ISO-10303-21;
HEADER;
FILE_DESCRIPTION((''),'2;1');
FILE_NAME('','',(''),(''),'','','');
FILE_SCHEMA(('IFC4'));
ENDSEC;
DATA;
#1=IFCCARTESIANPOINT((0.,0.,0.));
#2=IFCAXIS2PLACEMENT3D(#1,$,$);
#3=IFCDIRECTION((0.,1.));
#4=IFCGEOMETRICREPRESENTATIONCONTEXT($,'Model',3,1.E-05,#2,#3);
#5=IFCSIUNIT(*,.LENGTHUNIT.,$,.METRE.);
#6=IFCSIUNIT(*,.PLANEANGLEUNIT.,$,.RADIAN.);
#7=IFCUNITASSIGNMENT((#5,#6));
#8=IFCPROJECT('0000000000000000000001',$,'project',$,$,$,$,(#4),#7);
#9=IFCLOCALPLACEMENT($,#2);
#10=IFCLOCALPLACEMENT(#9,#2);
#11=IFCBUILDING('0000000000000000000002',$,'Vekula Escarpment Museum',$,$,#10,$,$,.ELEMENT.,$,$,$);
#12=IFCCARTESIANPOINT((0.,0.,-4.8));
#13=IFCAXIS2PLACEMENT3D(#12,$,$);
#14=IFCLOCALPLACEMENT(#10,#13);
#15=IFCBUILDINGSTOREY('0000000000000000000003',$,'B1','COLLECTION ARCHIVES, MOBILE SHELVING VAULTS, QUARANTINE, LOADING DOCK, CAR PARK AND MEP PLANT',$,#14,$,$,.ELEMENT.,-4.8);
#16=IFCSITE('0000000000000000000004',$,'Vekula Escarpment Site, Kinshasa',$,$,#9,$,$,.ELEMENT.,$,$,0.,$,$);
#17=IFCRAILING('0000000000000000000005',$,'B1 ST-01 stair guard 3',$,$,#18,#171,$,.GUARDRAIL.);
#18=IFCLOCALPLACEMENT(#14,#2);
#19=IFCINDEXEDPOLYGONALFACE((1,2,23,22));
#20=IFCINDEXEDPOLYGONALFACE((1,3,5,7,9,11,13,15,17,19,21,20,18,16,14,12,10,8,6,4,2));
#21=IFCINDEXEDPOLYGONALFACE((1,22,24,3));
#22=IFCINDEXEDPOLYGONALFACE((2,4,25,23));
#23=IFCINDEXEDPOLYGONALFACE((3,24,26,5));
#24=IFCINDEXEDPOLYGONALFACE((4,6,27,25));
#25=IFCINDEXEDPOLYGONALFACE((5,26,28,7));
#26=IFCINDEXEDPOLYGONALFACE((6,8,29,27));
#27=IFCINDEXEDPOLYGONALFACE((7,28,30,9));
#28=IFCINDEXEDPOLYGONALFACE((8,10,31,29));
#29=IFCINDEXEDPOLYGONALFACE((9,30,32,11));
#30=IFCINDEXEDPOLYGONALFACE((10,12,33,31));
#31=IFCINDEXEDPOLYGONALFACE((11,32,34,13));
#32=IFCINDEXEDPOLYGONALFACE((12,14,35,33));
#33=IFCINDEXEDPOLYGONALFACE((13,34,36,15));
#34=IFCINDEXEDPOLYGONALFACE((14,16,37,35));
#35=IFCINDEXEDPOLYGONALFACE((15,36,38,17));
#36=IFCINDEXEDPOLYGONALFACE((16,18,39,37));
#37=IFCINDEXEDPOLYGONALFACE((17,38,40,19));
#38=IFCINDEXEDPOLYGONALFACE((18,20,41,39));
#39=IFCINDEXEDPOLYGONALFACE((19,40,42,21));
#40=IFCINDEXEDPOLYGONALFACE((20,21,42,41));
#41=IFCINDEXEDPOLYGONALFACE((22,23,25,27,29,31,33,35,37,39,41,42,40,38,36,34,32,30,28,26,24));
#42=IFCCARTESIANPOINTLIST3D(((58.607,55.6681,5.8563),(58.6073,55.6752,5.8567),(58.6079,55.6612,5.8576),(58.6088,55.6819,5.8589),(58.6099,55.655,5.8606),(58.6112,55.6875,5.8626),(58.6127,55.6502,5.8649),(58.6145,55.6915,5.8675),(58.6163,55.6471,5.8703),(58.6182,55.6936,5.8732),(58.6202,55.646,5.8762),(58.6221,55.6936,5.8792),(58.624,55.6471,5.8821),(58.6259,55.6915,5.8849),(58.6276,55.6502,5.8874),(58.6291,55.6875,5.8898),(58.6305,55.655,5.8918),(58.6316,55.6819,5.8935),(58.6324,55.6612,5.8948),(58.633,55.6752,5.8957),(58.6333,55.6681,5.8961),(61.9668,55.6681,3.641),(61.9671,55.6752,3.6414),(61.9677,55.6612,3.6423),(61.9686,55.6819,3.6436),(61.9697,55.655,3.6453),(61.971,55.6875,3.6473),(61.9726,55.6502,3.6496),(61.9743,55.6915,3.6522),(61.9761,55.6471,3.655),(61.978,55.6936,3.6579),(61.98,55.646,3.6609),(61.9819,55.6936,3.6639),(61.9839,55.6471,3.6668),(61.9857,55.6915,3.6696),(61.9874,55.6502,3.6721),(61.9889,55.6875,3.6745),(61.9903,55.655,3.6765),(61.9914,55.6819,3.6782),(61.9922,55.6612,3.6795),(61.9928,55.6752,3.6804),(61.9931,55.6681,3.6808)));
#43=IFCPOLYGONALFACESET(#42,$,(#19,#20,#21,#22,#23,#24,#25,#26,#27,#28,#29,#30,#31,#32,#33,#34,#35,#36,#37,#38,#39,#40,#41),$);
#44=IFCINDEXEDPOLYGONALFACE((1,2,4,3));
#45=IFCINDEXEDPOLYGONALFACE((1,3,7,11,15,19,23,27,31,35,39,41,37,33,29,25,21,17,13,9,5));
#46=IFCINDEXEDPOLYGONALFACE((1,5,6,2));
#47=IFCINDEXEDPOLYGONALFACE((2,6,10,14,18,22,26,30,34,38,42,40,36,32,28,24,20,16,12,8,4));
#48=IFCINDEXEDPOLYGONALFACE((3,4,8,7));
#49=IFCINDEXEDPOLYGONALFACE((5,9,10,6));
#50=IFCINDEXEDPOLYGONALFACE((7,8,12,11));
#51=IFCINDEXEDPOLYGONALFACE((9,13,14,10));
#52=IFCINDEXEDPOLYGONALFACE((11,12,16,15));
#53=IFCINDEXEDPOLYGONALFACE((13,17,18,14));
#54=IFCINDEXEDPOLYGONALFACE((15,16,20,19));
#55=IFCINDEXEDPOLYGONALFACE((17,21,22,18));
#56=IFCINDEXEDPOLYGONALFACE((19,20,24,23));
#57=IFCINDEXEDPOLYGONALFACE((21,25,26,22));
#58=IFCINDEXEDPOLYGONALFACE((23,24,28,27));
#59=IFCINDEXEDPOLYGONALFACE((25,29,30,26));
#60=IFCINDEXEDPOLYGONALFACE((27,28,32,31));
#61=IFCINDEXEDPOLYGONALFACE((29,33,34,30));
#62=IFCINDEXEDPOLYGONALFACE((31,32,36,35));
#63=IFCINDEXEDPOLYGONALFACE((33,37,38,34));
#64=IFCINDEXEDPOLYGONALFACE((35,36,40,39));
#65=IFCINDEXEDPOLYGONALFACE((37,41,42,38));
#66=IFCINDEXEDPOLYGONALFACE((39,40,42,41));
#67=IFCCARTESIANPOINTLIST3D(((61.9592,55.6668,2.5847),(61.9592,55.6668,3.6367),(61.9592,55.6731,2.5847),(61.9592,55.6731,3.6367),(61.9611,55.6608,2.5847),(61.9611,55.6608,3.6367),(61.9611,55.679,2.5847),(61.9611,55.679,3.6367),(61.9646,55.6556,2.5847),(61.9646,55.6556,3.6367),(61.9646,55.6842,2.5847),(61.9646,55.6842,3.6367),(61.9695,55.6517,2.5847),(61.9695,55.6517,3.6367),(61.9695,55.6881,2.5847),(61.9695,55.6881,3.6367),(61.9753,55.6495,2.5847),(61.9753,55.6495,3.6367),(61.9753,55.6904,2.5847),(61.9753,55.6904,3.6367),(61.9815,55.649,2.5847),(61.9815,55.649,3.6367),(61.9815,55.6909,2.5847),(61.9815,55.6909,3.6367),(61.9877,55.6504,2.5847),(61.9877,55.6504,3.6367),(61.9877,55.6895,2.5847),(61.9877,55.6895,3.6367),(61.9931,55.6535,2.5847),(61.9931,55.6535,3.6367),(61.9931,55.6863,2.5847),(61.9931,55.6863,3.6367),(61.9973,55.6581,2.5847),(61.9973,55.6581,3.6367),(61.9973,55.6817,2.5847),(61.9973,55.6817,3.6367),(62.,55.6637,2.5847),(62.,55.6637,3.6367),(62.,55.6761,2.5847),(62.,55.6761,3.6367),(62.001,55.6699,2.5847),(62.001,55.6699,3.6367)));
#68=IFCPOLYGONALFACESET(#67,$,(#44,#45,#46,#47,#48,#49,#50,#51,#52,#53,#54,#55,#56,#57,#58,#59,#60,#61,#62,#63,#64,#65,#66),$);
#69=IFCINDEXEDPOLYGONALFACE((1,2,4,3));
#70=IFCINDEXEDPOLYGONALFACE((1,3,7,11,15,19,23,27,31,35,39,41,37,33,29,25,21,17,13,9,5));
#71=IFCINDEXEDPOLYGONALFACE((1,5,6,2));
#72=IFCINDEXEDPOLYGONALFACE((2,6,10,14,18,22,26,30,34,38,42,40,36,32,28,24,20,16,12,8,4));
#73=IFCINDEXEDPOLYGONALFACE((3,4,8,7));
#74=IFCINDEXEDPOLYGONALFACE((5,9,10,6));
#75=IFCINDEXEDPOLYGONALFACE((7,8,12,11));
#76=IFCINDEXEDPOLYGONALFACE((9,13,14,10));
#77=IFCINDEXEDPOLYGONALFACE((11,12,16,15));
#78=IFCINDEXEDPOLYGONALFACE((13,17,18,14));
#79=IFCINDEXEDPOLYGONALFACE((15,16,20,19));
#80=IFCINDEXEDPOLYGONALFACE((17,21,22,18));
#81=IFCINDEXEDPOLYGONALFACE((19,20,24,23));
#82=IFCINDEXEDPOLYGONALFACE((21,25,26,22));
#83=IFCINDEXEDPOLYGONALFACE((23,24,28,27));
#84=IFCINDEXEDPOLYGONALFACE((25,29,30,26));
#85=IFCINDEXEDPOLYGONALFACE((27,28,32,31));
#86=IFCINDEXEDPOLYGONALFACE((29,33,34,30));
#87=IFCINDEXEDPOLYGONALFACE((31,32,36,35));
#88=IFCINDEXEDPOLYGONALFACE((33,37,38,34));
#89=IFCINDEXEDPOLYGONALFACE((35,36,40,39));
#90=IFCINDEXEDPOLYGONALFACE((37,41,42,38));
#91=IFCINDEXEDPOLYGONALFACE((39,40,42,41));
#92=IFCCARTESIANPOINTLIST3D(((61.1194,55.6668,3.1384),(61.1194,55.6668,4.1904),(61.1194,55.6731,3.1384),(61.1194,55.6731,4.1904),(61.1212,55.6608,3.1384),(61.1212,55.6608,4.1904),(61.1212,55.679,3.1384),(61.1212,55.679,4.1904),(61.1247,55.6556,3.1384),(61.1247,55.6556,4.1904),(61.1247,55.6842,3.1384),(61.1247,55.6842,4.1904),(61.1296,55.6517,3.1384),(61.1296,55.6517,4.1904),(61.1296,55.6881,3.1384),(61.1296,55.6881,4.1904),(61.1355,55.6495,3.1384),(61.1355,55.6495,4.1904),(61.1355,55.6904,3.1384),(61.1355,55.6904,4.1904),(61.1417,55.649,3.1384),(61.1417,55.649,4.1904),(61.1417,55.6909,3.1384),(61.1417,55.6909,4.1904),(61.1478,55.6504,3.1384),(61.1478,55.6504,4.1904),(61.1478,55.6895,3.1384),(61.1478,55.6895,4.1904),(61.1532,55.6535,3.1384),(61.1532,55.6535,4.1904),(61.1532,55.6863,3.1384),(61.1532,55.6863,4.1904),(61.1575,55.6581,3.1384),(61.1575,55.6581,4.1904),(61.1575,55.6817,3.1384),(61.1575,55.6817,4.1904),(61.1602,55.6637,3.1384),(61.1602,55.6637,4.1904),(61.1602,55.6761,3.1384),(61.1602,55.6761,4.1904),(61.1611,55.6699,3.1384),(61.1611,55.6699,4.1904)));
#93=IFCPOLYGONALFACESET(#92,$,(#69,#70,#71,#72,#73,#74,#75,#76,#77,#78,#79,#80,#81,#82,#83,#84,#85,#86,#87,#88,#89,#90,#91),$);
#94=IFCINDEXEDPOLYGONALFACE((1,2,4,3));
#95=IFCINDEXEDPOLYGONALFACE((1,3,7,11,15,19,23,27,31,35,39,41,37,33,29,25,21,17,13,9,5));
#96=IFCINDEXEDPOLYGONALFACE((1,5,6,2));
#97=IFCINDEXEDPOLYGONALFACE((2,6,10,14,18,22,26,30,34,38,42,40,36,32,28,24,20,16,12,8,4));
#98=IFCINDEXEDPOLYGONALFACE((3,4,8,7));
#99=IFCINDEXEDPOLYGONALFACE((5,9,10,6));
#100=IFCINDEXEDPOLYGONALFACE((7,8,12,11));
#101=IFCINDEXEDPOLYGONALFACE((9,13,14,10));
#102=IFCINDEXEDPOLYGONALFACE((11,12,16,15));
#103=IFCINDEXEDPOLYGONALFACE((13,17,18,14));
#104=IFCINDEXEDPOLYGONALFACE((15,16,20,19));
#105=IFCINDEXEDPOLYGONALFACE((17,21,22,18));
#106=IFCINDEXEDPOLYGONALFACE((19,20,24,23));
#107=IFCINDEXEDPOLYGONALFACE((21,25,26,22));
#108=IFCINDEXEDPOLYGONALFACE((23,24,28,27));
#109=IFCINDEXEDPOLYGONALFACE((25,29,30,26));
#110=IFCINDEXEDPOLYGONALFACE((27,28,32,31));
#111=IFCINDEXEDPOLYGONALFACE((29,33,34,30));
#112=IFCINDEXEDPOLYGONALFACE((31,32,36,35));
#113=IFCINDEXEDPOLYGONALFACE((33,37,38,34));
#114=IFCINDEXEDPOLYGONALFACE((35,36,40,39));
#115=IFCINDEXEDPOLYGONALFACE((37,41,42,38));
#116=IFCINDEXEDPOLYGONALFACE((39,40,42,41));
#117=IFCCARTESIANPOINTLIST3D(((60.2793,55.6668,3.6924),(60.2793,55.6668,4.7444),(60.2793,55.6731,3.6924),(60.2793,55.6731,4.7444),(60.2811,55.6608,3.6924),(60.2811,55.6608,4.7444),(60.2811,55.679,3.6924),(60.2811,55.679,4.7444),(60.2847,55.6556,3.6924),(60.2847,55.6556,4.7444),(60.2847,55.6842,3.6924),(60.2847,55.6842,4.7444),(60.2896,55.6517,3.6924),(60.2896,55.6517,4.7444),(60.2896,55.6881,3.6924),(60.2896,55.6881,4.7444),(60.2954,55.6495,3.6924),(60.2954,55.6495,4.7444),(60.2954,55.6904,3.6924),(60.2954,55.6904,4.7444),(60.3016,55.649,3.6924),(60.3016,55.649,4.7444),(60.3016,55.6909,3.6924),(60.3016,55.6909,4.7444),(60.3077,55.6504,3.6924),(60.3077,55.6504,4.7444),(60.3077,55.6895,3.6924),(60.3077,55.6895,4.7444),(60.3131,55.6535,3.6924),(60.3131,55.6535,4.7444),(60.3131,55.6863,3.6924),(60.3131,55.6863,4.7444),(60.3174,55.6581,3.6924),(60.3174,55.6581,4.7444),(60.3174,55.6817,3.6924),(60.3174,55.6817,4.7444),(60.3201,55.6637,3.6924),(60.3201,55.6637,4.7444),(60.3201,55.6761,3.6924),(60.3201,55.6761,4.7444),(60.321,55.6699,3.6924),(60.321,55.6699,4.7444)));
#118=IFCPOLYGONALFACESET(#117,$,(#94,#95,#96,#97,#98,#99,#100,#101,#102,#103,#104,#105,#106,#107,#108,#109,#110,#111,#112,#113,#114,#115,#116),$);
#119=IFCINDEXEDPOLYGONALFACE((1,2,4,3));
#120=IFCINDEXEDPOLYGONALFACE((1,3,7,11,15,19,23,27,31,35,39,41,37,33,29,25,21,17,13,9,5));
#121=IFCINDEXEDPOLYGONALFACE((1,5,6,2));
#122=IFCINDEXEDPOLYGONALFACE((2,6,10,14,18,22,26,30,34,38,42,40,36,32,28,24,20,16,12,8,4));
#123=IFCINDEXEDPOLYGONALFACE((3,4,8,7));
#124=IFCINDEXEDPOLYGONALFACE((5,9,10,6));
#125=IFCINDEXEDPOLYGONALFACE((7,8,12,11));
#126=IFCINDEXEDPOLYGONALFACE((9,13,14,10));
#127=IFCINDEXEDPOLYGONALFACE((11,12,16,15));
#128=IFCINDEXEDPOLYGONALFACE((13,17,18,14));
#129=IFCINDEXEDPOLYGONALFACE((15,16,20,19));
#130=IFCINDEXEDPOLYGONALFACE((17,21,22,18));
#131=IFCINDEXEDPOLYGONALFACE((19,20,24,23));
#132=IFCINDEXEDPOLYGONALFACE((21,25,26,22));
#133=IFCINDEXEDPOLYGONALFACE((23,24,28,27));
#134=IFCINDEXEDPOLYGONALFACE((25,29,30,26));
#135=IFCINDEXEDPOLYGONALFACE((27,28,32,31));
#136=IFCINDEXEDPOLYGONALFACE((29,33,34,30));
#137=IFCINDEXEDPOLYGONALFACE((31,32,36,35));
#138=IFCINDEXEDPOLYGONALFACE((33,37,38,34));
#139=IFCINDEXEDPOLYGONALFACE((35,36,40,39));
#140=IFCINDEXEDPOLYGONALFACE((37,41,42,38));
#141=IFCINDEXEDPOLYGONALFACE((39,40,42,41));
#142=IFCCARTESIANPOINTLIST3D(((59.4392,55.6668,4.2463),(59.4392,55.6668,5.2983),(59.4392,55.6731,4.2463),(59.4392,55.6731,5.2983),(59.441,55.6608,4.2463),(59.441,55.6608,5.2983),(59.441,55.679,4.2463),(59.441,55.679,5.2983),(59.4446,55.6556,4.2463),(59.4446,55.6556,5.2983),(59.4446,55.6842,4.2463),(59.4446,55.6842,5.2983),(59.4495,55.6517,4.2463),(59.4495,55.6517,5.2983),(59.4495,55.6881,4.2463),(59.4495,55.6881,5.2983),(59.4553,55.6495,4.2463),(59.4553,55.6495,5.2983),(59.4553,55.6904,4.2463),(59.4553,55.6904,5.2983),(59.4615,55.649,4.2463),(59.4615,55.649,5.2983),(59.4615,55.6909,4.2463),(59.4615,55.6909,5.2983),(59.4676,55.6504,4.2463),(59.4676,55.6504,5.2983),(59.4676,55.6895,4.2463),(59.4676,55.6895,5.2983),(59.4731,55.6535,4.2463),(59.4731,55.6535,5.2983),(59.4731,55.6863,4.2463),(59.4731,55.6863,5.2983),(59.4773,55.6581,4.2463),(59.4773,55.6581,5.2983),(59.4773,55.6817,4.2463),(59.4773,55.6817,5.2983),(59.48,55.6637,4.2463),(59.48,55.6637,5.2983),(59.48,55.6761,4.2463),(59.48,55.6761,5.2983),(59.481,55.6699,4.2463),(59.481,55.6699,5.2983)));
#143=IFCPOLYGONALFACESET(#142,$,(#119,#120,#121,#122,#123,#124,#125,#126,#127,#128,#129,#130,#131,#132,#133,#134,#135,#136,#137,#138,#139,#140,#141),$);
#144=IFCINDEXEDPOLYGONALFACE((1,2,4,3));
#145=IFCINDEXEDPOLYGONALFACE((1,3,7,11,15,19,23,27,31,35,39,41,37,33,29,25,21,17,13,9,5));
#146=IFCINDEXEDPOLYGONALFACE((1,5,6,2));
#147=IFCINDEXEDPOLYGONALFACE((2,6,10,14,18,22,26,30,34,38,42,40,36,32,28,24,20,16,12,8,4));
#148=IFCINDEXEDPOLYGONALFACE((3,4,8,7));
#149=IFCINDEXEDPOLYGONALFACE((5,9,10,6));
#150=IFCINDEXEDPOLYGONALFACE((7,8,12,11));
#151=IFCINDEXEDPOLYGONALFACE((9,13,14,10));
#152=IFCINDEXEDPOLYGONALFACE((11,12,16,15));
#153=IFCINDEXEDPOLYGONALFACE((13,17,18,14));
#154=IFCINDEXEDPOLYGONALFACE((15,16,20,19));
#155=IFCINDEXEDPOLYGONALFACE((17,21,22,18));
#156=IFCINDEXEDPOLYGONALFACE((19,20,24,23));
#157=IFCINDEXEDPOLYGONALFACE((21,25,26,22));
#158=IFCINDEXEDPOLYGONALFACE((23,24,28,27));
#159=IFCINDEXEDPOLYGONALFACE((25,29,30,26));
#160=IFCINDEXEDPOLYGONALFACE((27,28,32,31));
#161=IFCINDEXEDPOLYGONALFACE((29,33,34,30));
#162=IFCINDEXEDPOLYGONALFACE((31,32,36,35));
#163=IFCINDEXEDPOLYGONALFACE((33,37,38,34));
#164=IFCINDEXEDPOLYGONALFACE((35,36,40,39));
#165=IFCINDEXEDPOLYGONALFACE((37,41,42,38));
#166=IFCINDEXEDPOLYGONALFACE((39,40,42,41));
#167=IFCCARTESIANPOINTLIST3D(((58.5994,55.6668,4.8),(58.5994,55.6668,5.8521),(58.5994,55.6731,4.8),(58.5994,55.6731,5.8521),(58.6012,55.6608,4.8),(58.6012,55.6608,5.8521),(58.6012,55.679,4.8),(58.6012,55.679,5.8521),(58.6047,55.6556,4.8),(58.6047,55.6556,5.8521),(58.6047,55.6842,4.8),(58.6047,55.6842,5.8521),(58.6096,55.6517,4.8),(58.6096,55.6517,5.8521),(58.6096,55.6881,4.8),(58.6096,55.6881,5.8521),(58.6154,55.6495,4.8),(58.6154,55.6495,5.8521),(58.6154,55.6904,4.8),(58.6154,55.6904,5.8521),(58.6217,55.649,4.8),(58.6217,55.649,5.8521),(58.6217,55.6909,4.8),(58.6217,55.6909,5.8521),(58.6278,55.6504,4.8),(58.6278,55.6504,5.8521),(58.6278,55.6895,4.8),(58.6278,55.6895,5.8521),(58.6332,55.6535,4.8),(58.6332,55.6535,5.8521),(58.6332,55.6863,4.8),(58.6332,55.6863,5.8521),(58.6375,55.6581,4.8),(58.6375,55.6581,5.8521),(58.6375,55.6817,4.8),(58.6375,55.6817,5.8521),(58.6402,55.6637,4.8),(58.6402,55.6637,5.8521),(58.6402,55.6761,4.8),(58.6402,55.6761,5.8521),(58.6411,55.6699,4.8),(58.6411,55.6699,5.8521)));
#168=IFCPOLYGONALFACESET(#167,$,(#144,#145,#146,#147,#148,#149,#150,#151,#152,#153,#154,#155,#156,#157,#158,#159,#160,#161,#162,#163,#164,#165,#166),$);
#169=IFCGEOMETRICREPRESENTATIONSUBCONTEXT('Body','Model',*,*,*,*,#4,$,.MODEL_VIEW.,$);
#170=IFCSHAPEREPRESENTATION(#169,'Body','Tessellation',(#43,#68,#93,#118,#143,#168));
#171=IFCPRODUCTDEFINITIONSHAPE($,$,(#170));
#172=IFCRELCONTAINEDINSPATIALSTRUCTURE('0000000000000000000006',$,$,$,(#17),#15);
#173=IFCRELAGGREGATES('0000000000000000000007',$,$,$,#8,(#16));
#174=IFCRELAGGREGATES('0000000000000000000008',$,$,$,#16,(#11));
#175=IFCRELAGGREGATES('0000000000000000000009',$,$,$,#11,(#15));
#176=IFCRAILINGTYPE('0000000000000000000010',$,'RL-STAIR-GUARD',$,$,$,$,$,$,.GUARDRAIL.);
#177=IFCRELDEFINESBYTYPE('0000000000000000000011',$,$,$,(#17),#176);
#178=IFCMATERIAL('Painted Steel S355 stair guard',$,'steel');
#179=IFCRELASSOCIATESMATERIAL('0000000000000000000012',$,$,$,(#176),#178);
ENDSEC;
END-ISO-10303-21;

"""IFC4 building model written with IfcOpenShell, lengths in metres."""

from ifc_helpers import new_model, si_unit, direction, frame, origin, origin_2d, place, context, subcontext, project, spatial, circle, extrude, material, type_object, element, save


model = new_model("IFC4")

# Units and contexts
model_context = context("Model", 3, precision=1e-05, world=origin(), true_north=direction((0.0, 1.0)))
body_context = subcontext(model_context, "Body", "Model", "MODEL_VIEW")
ifc_project = project(units=[si_unit("LENGTHUNIT", "METRE"), si_unit("PLANEANGLEUNIT", "RADIAN")], contexts=[model_context])

# Site, building, storey
site_placement = place(None, origin())
site = spatial("IfcSite", under=ifc_project, at=site_placement, Name="Vekula Escarpment Site, Kinshasa", CompositionType="ELEMENT", RefElevation=0.0)
building_placement = place(site_placement, origin())
building = spatial("IfcBuilding", under=site, at=building_placement, Name="Vekula Escarpment Museum", CompositionType="ELEMENT")
storey_placement = place(building_placement, frame((0.0, 0.0, -4.8)))
storey = spatial("IfcBuildingStorey", under=building, at=storey_placement, Name="B1", Description="COLLECTION ARCHIVES, MOBILE SHELVING VAULTS, QUARANTINE, LOADING DOCK, CAR PARK AND MEP PLANT", CompositionType="ELEMENT", Elevation=-4.8)

# Railing
ifc_material_1 = material(Name="Painted Steel S355 stair guard", Category="steel")
railing_type_1 = type_object("IfcRailingType", Name="RL-STAIR-GUARD", PredefinedType="GUARDRAIL", material=ifc_material_1)
railing_1_placement = place(storey_placement, frame((61.98, 55.6699, 2.5847)))
element("IfcRailing", 1, at=railing_1_placement, inside=storey, type_object=railing_type_1, Name="B1 ST-01 stair guard 3", PredefinedType="GUARDRAIL", context=body_context, shape_type="SweptSolid", body=[
    extrude(circle(Radius=0.0239, at=origin_2d()), frame((0.0, 0.0, 1.0762), z_axis=(-0.834858, 0.0, 0.550465), x_axis=(0.0, -1.0, 0.0)), (0.0, 0.0, 1.0), 4.0244),
    extrude(circle(Radius=0.021, at=origin_2d()), origin(), (0.0, 0.0, 1.0), 1.052),
    extrude(circle(Radius=0.021, at=origin_2d()), frame((-0.8398, 0.0, 0.5537)), (0.0, 0.0, 1.0), 1.052),
    extrude(circle(Radius=0.021, at=origin_2d()), frame((-1.6799, 0.0, 1.1077)), (0.0, 0.0, 1.0), 1.052),
    extrude(circle(Radius=0.021, at=origin_2d()), frame((-2.52, 0.0, 1.6616)), (0.0, 0.0, 1.0), 1.052),
    extrude(circle(Radius=0.021, at=origin_2d()), frame((-3.3599, 0.0, 2.2153)), (0.0, 0.0, 1.0), 1.052),
])

save(model, "model.ifc")
